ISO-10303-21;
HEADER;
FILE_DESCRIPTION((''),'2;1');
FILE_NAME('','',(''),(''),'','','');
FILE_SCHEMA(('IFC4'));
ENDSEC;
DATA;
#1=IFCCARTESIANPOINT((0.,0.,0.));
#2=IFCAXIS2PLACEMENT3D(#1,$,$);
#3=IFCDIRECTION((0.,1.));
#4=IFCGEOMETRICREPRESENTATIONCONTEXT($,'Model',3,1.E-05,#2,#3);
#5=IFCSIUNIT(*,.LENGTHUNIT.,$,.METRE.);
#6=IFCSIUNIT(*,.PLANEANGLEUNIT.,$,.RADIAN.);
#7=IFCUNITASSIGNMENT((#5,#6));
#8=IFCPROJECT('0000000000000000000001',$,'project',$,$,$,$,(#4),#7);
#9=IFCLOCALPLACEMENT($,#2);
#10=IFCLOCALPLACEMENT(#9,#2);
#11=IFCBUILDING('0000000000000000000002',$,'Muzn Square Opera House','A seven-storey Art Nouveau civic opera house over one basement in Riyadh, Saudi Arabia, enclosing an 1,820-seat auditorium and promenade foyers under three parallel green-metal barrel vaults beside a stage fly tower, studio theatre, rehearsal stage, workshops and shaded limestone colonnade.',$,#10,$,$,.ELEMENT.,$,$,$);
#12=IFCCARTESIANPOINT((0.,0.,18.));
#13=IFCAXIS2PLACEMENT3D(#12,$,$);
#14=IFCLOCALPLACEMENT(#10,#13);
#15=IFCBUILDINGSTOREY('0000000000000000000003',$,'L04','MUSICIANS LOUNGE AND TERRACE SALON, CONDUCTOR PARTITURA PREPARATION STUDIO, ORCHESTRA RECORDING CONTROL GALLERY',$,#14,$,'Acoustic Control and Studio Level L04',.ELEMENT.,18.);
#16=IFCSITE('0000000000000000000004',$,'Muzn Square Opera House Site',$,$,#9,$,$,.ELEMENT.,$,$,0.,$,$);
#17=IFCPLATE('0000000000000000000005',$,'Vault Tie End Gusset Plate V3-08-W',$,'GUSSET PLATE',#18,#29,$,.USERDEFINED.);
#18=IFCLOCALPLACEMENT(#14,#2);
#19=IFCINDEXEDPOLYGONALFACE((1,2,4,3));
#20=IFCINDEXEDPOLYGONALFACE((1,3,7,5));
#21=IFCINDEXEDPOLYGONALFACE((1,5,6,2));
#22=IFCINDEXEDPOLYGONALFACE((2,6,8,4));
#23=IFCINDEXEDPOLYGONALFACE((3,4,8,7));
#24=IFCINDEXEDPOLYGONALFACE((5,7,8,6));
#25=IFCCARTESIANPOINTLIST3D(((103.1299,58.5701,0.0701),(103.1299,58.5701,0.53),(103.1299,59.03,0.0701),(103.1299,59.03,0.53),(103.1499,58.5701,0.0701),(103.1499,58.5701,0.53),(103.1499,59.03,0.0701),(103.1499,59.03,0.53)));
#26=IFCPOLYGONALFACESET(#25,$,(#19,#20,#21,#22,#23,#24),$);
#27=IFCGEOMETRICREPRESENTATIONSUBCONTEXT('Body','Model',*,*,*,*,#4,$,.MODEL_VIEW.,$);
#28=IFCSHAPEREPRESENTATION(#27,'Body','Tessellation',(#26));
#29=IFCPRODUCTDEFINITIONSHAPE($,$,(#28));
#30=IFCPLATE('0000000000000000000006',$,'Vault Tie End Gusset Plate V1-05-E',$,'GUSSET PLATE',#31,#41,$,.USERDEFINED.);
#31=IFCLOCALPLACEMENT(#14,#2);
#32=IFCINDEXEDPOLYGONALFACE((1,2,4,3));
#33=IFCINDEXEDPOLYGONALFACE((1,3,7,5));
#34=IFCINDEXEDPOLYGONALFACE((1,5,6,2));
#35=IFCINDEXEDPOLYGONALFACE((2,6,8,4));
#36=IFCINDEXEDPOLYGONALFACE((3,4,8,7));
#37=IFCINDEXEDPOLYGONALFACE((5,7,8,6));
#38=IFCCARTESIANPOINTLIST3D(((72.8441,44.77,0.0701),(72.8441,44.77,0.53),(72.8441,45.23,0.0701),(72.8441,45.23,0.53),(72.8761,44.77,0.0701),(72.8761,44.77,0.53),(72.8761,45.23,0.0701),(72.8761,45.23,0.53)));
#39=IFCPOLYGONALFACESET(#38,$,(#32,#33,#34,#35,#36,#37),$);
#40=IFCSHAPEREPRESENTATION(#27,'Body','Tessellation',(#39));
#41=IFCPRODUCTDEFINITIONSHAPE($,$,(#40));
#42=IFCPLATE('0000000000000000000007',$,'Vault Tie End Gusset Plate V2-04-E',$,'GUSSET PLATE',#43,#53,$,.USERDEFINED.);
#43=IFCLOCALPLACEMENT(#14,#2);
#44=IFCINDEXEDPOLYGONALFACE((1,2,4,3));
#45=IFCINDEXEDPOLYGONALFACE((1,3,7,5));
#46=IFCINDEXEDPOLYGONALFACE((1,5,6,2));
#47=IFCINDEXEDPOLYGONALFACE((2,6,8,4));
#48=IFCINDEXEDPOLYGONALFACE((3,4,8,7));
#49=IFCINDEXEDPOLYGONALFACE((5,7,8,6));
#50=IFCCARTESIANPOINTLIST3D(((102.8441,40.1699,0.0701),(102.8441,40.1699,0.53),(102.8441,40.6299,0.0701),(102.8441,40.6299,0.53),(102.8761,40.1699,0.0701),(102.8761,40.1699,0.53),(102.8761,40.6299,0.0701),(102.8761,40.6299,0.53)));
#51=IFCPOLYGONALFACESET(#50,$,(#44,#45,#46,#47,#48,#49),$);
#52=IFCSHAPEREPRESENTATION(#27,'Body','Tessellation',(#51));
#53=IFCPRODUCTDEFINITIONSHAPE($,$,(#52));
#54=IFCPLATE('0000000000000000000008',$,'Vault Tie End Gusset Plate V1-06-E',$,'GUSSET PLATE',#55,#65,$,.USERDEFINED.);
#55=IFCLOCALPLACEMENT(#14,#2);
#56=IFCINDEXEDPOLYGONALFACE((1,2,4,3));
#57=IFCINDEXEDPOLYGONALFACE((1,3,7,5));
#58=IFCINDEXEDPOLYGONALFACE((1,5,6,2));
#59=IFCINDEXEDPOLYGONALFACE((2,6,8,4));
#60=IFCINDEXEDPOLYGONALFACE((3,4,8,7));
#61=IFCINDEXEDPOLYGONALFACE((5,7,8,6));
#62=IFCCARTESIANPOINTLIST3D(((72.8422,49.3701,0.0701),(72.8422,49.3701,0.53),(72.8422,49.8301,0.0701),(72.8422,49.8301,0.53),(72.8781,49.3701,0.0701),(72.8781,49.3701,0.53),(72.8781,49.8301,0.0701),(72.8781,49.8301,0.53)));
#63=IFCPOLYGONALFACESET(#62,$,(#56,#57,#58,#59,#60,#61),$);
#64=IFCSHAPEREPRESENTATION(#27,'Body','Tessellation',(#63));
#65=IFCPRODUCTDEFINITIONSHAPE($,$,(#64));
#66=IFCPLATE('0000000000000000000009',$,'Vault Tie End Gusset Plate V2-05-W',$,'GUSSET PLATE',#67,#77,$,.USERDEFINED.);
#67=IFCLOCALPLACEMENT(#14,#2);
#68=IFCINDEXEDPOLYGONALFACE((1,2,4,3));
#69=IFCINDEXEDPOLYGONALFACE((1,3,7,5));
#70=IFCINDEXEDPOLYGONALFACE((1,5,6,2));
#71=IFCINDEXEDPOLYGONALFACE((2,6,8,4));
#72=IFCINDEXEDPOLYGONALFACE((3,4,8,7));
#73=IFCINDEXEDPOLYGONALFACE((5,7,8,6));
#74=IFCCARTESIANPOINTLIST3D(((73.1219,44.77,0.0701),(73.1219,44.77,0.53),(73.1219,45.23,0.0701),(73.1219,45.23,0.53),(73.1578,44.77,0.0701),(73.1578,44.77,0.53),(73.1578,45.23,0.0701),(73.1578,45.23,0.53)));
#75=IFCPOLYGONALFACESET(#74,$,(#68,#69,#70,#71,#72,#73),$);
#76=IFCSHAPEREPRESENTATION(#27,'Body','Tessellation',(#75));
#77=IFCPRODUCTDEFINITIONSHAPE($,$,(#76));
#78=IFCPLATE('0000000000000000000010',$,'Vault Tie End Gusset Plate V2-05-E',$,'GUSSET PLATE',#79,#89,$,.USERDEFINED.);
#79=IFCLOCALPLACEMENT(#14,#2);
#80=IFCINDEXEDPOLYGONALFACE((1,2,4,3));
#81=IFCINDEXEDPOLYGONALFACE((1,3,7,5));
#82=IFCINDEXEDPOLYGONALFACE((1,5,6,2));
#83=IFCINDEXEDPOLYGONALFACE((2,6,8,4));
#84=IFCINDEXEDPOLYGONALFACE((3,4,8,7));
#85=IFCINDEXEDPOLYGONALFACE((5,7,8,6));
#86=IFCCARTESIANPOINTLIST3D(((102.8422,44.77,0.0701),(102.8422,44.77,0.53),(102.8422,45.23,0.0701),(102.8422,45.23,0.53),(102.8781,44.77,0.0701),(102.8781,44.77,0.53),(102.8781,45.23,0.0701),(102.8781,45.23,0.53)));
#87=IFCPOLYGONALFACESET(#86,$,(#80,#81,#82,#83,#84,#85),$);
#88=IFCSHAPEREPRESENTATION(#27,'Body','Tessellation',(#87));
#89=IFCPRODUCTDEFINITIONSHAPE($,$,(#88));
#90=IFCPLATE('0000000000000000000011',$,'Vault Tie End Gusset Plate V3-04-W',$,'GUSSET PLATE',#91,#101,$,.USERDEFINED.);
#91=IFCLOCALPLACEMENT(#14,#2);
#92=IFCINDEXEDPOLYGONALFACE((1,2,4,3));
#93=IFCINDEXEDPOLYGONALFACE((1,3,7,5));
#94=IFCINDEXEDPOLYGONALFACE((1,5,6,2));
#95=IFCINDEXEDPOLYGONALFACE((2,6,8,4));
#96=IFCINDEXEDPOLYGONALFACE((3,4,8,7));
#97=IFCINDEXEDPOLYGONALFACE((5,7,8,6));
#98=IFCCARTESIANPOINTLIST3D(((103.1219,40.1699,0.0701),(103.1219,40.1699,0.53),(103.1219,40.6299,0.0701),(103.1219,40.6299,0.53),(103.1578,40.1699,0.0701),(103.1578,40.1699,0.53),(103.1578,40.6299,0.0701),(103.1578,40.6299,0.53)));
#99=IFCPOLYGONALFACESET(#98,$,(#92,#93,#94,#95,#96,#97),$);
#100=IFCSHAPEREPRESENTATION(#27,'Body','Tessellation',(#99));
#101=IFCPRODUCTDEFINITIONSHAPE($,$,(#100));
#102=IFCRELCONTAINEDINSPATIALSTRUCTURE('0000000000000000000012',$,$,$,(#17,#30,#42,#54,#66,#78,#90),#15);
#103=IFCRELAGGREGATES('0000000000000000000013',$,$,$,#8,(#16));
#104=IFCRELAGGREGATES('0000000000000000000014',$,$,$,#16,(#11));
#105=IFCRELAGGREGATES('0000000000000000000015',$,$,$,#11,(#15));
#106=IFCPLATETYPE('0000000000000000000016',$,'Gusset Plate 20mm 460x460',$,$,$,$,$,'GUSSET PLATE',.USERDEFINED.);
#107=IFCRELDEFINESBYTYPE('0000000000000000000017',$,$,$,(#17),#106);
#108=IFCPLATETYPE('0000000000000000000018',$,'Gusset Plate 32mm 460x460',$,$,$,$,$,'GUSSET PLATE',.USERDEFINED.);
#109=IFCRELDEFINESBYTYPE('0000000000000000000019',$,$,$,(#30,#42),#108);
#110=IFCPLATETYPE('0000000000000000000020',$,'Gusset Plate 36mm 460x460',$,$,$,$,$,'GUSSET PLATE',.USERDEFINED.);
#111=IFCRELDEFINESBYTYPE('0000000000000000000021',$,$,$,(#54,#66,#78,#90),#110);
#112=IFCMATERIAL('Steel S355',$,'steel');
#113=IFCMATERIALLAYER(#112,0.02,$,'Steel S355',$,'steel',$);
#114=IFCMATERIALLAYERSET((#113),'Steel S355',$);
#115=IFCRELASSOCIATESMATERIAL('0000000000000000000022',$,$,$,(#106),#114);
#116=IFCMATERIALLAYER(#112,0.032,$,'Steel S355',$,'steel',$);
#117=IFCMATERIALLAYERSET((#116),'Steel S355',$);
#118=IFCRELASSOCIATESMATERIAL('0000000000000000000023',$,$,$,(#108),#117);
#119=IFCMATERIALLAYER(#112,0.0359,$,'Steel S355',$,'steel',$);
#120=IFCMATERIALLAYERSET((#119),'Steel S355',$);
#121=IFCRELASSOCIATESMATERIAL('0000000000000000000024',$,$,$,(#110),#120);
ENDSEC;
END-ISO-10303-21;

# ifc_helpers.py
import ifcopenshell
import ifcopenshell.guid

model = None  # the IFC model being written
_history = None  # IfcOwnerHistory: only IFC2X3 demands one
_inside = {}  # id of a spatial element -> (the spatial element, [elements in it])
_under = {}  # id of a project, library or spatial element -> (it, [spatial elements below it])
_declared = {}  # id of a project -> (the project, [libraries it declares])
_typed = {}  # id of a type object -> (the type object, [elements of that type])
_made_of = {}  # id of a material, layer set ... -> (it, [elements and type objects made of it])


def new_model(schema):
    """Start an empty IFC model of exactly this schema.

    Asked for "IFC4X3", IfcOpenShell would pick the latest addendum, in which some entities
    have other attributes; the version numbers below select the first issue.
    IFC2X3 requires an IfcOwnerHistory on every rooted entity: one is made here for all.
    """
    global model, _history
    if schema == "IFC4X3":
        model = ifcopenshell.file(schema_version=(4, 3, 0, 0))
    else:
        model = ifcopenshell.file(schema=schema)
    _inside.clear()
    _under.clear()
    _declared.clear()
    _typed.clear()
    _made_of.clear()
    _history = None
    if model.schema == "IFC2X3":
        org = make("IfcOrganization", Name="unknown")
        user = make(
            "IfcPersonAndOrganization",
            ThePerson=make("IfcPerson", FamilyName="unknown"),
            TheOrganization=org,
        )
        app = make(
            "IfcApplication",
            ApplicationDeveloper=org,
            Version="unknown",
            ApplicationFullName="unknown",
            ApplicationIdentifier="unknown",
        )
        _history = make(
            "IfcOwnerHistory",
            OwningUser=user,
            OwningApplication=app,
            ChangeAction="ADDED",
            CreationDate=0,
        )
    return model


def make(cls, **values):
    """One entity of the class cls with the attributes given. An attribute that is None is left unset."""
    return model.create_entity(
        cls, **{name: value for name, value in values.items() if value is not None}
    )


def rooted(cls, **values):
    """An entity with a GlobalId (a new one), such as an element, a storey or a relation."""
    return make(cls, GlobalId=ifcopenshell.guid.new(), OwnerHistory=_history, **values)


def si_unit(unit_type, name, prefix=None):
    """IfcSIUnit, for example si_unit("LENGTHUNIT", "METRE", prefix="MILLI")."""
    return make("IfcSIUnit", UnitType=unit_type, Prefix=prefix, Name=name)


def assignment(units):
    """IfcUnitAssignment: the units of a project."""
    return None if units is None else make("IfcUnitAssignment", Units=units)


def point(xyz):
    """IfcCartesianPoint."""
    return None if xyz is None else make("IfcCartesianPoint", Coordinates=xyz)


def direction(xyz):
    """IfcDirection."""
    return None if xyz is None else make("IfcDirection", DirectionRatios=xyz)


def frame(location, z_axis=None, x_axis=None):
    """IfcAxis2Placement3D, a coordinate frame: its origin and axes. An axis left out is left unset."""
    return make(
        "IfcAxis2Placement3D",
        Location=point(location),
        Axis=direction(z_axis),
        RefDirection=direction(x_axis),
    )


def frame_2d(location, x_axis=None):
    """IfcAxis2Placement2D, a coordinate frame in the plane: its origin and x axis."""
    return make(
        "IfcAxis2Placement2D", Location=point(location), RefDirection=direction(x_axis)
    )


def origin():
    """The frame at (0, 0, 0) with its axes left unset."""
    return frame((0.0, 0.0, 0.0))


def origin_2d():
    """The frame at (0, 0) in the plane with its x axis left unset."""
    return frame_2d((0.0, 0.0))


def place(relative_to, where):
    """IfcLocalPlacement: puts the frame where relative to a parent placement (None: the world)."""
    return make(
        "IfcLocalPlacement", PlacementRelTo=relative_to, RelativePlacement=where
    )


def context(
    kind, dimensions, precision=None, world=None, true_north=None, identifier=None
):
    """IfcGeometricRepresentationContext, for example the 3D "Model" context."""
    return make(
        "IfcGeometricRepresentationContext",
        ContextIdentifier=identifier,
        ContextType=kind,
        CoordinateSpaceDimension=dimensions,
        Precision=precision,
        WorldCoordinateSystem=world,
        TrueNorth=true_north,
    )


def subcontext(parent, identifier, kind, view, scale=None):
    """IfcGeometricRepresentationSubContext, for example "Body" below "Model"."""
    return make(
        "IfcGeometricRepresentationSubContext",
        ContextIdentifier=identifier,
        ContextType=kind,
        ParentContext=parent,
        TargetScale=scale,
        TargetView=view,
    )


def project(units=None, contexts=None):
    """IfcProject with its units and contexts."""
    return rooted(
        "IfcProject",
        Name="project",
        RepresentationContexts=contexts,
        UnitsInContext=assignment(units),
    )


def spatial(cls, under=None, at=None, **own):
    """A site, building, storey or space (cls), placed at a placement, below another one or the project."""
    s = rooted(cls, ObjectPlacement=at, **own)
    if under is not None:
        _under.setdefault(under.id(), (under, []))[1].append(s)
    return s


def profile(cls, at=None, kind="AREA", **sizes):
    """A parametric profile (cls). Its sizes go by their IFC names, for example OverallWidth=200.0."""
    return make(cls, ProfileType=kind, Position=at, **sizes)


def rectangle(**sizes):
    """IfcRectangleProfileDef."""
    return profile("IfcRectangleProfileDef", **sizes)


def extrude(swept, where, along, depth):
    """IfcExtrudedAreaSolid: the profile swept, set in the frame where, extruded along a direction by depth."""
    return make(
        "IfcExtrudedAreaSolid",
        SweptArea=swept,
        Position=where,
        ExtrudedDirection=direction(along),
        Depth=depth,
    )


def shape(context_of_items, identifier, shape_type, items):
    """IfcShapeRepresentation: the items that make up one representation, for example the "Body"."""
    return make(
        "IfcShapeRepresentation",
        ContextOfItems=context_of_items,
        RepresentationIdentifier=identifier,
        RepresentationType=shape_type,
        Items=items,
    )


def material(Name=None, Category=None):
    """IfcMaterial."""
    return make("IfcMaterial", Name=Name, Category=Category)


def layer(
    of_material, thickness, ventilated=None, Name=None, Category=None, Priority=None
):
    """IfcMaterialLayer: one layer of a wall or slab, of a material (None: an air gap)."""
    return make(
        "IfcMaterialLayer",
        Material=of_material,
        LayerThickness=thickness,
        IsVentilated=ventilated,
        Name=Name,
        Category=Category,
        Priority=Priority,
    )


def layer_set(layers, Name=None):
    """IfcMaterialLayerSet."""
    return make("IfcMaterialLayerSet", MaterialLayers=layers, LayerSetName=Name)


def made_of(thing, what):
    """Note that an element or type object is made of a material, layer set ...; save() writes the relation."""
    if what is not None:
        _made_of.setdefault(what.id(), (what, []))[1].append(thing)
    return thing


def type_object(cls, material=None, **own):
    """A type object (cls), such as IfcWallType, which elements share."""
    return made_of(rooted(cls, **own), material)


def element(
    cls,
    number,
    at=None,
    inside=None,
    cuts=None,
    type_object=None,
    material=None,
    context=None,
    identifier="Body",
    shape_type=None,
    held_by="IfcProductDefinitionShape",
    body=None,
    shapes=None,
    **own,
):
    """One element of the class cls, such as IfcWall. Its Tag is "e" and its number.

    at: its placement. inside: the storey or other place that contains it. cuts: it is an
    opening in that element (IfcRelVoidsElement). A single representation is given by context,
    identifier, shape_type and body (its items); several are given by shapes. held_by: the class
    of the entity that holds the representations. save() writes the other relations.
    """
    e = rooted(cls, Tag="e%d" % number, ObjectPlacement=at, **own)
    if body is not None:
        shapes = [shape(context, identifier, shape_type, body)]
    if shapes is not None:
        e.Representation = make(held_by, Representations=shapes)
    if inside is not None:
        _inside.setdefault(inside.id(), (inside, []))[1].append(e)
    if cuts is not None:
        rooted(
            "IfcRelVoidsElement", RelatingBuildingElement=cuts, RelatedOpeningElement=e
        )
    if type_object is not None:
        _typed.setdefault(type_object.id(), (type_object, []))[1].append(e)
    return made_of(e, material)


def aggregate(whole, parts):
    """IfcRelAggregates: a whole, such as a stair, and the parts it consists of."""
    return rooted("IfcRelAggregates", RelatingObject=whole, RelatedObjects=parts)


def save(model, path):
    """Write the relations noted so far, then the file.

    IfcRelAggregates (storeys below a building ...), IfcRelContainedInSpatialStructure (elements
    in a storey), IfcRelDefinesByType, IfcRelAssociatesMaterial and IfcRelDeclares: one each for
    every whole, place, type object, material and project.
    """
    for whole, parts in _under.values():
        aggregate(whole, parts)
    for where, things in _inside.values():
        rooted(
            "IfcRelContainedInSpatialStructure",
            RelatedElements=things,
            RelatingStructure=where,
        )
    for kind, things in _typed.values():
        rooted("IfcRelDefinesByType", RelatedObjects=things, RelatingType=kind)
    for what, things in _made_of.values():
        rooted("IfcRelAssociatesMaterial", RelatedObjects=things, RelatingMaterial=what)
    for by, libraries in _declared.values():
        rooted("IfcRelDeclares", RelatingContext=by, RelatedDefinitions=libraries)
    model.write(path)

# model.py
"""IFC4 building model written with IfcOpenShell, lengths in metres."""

from ifc_helpers import new_model, si_unit, direction, frame, origin, origin_2d, place, context, subcontext, project, spatial, rectangle, extrude, material, layer, layer_set, type_object, element, save


model = new_model("IFC4")

# Units and contexts
model_context = context("Model", 3, precision=1e-05, world=origin(), true_north=direction((0.0, 1.0)))
body_context = subcontext(model_context, "Body", "Model", "MODEL_VIEW")
ifc_project = project(units=[si_unit("LENGTHUNIT", "METRE"), si_unit("PLANEANGLEUNIT", "RADIAN")], contexts=[model_context])

# Site, building, storey
site_placement = place(None, origin())
site = spatial("IfcSite", under=ifc_project, at=site_placement, Name="Muzn Square Opera House Site", CompositionType="ELEMENT", RefElevation=0.0)
building_placement = place(site_placement, origin())
building = spatial("IfcBuilding", under=site, at=building_placement, Name="Muzn Square Opera House", Description="A seven-storey Art Nouveau civic opera house over one basement in Riyadh, Saudi Arabia, enclosing an 1,820-seat auditorium and promenade foyers under three parallel green-metal barrel vaults beside a stage fly tower, studio theatre, rehearsal stage, workshops and shaded limestone colonnade.", CompositionType="ELEMENT")
storey_placement = place(building_placement, frame((0.0, 0.0, 18.0)))
storey = spatial("IfcBuildingStorey", under=building, at=storey_placement, Name="L04", Description="MUSICIANS LOUNGE AND TERRACE SALON, CONDUCTOR PARTITURA PREPARATION STUDIO, ORCHESTRA RECORDING CONTROL GALLERY", LongName="Acoustic Control and Studio Level L04", CompositionType="ELEMENT", Elevation=18.0)

# Shared definitions
ifc_material = material(Name="Steel S355", Category="steel")

# Plates
ifc_layer_1 = layer(ifc_material, 0.02, Name="Steel S355", Category="steel")
ifc_layer_set_1 = layer_set([ifc_layer_1], Name="Steel S355")
plate_type_1 = type_object("IfcPlateType", Name="Gusset Plate 20mm 460x460", ElementType="GUSSET PLATE", PredefinedType="USERDEFINED", material=ifc_layer_set_1)
plate_placement = place(storey_placement, frame((103.1399, 58.8, 0.0701), z_axis=(0.0, 0.0, 1.0), x_axis=(1.0, 0.0, 0.0)))
element("IfcPlate", 1, at=plate_placement, inside=storey, type_object=plate_type_1, Name="Vault Tie End Gusset Plate V3-08-W", ObjectType="GUSSET PLATE", PredefinedType="USERDEFINED", context=body_context, shape_type="SweptSolid", body=[
    extrude(rectangle(XDim=0.02, YDim=0.46, at=origin_2d()), origin(), (0.0, 0.0, 1.0), 0.46),
])
ifc_layer_2 = layer(ifc_material, 0.032, Name="Steel S355", Category="steel")
ifc_layer_set_2 = layer_set([ifc_layer_2], Name="Steel S355")
plate_type_2 = type_object("IfcPlateType", Name="Gusset Plate 32mm 460x460", ElementType="GUSSET PLATE", PredefinedType="USERDEFINED", material=ifc_layer_set_2)
for number, where, z_axis, x_axis, name in (
    (2, (72.8601, 45.0, 0.0701), (0.0, 0.0, 1.0), (1.0, 0.0, 0.0), "Vault Tie End Gusset Plate V1-05-E"),
    (3, (102.8601, 40.3999, 0.0701), (0.0, 0.0, 1.0), (1.0, 0.0, 0.0), "Vault Tie End Gusset Plate V2-04-E"),
):
    element("IfcPlate", number, at=place(storey_placement, frame(where, z_axis=z_axis, x_axis=x_axis)), inside=storey, type_object=plate_type_2, Name=name, ObjectType="GUSSET PLATE", PredefinedType="USERDEFINED", context=body_context, shape_type="SweptSolid", body=[
        extrude(rectangle(XDim=0.032, YDim=0.46, at=origin_2d()), origin(), (0.0, 0.0, 1.0), 0.46),
    ])
ifc_layer_3 = layer(ifc_material, 0.0359, Name="Steel S355", Category="steel")
ifc_layer_set_3 = layer_set([ifc_layer_3], Name="Steel S355")
plate_type_3 = type_object("IfcPlateType", Name="Gusset Plate 36mm 460x460", ElementType="GUSSET PLATE", PredefinedType="USERDEFINED", material=ifc_layer_set_3)
for number, where, z_axis, x_axis, name in (
    (4, (72.8601, 49.6001, 0.0701), (0.0, 0.0, 1.0), (1.0, 0.0, 0.0), "Vault Tie End Gusset Plate V1-06-E"),
    (5, (73.1399, 45.0, 0.0701), (0.0, 0.0, 1.0), (1.0, 0.0, 0.0), "Vault Tie End Gusset Plate V2-05-W"),
    (6, (102.8601, 45.0, 0.0701), (0.0, 0.0, 1.0), (1.0, 0.0, 0.0), "Vault Tie End Gusset Plate V2-05-E"),
    (7, (103.1399, 40.3999, 0.0701), (0.0, 0.0, 1.0), (1.0, 0.0, 0.0), "Vault Tie End Gusset Plate V3-04-W"),
):
    element("IfcPlate", number, at=place(storey_placement, frame(where, z_axis=z_axis, x_axis=x_axis)), inside=storey, type_object=plate_type_3, Name=name, ObjectType="GUSSET PLATE", PredefinedType="USERDEFINED", context=body_context, shape_type="SweptSolid", body=[
        extrude(rectangle(XDim=0.0359, YDim=0.46, at=origin_2d()), origin(), (0.0, 0.0, 1.0), 0.46),
    ])

save(model, "model.ifc")
